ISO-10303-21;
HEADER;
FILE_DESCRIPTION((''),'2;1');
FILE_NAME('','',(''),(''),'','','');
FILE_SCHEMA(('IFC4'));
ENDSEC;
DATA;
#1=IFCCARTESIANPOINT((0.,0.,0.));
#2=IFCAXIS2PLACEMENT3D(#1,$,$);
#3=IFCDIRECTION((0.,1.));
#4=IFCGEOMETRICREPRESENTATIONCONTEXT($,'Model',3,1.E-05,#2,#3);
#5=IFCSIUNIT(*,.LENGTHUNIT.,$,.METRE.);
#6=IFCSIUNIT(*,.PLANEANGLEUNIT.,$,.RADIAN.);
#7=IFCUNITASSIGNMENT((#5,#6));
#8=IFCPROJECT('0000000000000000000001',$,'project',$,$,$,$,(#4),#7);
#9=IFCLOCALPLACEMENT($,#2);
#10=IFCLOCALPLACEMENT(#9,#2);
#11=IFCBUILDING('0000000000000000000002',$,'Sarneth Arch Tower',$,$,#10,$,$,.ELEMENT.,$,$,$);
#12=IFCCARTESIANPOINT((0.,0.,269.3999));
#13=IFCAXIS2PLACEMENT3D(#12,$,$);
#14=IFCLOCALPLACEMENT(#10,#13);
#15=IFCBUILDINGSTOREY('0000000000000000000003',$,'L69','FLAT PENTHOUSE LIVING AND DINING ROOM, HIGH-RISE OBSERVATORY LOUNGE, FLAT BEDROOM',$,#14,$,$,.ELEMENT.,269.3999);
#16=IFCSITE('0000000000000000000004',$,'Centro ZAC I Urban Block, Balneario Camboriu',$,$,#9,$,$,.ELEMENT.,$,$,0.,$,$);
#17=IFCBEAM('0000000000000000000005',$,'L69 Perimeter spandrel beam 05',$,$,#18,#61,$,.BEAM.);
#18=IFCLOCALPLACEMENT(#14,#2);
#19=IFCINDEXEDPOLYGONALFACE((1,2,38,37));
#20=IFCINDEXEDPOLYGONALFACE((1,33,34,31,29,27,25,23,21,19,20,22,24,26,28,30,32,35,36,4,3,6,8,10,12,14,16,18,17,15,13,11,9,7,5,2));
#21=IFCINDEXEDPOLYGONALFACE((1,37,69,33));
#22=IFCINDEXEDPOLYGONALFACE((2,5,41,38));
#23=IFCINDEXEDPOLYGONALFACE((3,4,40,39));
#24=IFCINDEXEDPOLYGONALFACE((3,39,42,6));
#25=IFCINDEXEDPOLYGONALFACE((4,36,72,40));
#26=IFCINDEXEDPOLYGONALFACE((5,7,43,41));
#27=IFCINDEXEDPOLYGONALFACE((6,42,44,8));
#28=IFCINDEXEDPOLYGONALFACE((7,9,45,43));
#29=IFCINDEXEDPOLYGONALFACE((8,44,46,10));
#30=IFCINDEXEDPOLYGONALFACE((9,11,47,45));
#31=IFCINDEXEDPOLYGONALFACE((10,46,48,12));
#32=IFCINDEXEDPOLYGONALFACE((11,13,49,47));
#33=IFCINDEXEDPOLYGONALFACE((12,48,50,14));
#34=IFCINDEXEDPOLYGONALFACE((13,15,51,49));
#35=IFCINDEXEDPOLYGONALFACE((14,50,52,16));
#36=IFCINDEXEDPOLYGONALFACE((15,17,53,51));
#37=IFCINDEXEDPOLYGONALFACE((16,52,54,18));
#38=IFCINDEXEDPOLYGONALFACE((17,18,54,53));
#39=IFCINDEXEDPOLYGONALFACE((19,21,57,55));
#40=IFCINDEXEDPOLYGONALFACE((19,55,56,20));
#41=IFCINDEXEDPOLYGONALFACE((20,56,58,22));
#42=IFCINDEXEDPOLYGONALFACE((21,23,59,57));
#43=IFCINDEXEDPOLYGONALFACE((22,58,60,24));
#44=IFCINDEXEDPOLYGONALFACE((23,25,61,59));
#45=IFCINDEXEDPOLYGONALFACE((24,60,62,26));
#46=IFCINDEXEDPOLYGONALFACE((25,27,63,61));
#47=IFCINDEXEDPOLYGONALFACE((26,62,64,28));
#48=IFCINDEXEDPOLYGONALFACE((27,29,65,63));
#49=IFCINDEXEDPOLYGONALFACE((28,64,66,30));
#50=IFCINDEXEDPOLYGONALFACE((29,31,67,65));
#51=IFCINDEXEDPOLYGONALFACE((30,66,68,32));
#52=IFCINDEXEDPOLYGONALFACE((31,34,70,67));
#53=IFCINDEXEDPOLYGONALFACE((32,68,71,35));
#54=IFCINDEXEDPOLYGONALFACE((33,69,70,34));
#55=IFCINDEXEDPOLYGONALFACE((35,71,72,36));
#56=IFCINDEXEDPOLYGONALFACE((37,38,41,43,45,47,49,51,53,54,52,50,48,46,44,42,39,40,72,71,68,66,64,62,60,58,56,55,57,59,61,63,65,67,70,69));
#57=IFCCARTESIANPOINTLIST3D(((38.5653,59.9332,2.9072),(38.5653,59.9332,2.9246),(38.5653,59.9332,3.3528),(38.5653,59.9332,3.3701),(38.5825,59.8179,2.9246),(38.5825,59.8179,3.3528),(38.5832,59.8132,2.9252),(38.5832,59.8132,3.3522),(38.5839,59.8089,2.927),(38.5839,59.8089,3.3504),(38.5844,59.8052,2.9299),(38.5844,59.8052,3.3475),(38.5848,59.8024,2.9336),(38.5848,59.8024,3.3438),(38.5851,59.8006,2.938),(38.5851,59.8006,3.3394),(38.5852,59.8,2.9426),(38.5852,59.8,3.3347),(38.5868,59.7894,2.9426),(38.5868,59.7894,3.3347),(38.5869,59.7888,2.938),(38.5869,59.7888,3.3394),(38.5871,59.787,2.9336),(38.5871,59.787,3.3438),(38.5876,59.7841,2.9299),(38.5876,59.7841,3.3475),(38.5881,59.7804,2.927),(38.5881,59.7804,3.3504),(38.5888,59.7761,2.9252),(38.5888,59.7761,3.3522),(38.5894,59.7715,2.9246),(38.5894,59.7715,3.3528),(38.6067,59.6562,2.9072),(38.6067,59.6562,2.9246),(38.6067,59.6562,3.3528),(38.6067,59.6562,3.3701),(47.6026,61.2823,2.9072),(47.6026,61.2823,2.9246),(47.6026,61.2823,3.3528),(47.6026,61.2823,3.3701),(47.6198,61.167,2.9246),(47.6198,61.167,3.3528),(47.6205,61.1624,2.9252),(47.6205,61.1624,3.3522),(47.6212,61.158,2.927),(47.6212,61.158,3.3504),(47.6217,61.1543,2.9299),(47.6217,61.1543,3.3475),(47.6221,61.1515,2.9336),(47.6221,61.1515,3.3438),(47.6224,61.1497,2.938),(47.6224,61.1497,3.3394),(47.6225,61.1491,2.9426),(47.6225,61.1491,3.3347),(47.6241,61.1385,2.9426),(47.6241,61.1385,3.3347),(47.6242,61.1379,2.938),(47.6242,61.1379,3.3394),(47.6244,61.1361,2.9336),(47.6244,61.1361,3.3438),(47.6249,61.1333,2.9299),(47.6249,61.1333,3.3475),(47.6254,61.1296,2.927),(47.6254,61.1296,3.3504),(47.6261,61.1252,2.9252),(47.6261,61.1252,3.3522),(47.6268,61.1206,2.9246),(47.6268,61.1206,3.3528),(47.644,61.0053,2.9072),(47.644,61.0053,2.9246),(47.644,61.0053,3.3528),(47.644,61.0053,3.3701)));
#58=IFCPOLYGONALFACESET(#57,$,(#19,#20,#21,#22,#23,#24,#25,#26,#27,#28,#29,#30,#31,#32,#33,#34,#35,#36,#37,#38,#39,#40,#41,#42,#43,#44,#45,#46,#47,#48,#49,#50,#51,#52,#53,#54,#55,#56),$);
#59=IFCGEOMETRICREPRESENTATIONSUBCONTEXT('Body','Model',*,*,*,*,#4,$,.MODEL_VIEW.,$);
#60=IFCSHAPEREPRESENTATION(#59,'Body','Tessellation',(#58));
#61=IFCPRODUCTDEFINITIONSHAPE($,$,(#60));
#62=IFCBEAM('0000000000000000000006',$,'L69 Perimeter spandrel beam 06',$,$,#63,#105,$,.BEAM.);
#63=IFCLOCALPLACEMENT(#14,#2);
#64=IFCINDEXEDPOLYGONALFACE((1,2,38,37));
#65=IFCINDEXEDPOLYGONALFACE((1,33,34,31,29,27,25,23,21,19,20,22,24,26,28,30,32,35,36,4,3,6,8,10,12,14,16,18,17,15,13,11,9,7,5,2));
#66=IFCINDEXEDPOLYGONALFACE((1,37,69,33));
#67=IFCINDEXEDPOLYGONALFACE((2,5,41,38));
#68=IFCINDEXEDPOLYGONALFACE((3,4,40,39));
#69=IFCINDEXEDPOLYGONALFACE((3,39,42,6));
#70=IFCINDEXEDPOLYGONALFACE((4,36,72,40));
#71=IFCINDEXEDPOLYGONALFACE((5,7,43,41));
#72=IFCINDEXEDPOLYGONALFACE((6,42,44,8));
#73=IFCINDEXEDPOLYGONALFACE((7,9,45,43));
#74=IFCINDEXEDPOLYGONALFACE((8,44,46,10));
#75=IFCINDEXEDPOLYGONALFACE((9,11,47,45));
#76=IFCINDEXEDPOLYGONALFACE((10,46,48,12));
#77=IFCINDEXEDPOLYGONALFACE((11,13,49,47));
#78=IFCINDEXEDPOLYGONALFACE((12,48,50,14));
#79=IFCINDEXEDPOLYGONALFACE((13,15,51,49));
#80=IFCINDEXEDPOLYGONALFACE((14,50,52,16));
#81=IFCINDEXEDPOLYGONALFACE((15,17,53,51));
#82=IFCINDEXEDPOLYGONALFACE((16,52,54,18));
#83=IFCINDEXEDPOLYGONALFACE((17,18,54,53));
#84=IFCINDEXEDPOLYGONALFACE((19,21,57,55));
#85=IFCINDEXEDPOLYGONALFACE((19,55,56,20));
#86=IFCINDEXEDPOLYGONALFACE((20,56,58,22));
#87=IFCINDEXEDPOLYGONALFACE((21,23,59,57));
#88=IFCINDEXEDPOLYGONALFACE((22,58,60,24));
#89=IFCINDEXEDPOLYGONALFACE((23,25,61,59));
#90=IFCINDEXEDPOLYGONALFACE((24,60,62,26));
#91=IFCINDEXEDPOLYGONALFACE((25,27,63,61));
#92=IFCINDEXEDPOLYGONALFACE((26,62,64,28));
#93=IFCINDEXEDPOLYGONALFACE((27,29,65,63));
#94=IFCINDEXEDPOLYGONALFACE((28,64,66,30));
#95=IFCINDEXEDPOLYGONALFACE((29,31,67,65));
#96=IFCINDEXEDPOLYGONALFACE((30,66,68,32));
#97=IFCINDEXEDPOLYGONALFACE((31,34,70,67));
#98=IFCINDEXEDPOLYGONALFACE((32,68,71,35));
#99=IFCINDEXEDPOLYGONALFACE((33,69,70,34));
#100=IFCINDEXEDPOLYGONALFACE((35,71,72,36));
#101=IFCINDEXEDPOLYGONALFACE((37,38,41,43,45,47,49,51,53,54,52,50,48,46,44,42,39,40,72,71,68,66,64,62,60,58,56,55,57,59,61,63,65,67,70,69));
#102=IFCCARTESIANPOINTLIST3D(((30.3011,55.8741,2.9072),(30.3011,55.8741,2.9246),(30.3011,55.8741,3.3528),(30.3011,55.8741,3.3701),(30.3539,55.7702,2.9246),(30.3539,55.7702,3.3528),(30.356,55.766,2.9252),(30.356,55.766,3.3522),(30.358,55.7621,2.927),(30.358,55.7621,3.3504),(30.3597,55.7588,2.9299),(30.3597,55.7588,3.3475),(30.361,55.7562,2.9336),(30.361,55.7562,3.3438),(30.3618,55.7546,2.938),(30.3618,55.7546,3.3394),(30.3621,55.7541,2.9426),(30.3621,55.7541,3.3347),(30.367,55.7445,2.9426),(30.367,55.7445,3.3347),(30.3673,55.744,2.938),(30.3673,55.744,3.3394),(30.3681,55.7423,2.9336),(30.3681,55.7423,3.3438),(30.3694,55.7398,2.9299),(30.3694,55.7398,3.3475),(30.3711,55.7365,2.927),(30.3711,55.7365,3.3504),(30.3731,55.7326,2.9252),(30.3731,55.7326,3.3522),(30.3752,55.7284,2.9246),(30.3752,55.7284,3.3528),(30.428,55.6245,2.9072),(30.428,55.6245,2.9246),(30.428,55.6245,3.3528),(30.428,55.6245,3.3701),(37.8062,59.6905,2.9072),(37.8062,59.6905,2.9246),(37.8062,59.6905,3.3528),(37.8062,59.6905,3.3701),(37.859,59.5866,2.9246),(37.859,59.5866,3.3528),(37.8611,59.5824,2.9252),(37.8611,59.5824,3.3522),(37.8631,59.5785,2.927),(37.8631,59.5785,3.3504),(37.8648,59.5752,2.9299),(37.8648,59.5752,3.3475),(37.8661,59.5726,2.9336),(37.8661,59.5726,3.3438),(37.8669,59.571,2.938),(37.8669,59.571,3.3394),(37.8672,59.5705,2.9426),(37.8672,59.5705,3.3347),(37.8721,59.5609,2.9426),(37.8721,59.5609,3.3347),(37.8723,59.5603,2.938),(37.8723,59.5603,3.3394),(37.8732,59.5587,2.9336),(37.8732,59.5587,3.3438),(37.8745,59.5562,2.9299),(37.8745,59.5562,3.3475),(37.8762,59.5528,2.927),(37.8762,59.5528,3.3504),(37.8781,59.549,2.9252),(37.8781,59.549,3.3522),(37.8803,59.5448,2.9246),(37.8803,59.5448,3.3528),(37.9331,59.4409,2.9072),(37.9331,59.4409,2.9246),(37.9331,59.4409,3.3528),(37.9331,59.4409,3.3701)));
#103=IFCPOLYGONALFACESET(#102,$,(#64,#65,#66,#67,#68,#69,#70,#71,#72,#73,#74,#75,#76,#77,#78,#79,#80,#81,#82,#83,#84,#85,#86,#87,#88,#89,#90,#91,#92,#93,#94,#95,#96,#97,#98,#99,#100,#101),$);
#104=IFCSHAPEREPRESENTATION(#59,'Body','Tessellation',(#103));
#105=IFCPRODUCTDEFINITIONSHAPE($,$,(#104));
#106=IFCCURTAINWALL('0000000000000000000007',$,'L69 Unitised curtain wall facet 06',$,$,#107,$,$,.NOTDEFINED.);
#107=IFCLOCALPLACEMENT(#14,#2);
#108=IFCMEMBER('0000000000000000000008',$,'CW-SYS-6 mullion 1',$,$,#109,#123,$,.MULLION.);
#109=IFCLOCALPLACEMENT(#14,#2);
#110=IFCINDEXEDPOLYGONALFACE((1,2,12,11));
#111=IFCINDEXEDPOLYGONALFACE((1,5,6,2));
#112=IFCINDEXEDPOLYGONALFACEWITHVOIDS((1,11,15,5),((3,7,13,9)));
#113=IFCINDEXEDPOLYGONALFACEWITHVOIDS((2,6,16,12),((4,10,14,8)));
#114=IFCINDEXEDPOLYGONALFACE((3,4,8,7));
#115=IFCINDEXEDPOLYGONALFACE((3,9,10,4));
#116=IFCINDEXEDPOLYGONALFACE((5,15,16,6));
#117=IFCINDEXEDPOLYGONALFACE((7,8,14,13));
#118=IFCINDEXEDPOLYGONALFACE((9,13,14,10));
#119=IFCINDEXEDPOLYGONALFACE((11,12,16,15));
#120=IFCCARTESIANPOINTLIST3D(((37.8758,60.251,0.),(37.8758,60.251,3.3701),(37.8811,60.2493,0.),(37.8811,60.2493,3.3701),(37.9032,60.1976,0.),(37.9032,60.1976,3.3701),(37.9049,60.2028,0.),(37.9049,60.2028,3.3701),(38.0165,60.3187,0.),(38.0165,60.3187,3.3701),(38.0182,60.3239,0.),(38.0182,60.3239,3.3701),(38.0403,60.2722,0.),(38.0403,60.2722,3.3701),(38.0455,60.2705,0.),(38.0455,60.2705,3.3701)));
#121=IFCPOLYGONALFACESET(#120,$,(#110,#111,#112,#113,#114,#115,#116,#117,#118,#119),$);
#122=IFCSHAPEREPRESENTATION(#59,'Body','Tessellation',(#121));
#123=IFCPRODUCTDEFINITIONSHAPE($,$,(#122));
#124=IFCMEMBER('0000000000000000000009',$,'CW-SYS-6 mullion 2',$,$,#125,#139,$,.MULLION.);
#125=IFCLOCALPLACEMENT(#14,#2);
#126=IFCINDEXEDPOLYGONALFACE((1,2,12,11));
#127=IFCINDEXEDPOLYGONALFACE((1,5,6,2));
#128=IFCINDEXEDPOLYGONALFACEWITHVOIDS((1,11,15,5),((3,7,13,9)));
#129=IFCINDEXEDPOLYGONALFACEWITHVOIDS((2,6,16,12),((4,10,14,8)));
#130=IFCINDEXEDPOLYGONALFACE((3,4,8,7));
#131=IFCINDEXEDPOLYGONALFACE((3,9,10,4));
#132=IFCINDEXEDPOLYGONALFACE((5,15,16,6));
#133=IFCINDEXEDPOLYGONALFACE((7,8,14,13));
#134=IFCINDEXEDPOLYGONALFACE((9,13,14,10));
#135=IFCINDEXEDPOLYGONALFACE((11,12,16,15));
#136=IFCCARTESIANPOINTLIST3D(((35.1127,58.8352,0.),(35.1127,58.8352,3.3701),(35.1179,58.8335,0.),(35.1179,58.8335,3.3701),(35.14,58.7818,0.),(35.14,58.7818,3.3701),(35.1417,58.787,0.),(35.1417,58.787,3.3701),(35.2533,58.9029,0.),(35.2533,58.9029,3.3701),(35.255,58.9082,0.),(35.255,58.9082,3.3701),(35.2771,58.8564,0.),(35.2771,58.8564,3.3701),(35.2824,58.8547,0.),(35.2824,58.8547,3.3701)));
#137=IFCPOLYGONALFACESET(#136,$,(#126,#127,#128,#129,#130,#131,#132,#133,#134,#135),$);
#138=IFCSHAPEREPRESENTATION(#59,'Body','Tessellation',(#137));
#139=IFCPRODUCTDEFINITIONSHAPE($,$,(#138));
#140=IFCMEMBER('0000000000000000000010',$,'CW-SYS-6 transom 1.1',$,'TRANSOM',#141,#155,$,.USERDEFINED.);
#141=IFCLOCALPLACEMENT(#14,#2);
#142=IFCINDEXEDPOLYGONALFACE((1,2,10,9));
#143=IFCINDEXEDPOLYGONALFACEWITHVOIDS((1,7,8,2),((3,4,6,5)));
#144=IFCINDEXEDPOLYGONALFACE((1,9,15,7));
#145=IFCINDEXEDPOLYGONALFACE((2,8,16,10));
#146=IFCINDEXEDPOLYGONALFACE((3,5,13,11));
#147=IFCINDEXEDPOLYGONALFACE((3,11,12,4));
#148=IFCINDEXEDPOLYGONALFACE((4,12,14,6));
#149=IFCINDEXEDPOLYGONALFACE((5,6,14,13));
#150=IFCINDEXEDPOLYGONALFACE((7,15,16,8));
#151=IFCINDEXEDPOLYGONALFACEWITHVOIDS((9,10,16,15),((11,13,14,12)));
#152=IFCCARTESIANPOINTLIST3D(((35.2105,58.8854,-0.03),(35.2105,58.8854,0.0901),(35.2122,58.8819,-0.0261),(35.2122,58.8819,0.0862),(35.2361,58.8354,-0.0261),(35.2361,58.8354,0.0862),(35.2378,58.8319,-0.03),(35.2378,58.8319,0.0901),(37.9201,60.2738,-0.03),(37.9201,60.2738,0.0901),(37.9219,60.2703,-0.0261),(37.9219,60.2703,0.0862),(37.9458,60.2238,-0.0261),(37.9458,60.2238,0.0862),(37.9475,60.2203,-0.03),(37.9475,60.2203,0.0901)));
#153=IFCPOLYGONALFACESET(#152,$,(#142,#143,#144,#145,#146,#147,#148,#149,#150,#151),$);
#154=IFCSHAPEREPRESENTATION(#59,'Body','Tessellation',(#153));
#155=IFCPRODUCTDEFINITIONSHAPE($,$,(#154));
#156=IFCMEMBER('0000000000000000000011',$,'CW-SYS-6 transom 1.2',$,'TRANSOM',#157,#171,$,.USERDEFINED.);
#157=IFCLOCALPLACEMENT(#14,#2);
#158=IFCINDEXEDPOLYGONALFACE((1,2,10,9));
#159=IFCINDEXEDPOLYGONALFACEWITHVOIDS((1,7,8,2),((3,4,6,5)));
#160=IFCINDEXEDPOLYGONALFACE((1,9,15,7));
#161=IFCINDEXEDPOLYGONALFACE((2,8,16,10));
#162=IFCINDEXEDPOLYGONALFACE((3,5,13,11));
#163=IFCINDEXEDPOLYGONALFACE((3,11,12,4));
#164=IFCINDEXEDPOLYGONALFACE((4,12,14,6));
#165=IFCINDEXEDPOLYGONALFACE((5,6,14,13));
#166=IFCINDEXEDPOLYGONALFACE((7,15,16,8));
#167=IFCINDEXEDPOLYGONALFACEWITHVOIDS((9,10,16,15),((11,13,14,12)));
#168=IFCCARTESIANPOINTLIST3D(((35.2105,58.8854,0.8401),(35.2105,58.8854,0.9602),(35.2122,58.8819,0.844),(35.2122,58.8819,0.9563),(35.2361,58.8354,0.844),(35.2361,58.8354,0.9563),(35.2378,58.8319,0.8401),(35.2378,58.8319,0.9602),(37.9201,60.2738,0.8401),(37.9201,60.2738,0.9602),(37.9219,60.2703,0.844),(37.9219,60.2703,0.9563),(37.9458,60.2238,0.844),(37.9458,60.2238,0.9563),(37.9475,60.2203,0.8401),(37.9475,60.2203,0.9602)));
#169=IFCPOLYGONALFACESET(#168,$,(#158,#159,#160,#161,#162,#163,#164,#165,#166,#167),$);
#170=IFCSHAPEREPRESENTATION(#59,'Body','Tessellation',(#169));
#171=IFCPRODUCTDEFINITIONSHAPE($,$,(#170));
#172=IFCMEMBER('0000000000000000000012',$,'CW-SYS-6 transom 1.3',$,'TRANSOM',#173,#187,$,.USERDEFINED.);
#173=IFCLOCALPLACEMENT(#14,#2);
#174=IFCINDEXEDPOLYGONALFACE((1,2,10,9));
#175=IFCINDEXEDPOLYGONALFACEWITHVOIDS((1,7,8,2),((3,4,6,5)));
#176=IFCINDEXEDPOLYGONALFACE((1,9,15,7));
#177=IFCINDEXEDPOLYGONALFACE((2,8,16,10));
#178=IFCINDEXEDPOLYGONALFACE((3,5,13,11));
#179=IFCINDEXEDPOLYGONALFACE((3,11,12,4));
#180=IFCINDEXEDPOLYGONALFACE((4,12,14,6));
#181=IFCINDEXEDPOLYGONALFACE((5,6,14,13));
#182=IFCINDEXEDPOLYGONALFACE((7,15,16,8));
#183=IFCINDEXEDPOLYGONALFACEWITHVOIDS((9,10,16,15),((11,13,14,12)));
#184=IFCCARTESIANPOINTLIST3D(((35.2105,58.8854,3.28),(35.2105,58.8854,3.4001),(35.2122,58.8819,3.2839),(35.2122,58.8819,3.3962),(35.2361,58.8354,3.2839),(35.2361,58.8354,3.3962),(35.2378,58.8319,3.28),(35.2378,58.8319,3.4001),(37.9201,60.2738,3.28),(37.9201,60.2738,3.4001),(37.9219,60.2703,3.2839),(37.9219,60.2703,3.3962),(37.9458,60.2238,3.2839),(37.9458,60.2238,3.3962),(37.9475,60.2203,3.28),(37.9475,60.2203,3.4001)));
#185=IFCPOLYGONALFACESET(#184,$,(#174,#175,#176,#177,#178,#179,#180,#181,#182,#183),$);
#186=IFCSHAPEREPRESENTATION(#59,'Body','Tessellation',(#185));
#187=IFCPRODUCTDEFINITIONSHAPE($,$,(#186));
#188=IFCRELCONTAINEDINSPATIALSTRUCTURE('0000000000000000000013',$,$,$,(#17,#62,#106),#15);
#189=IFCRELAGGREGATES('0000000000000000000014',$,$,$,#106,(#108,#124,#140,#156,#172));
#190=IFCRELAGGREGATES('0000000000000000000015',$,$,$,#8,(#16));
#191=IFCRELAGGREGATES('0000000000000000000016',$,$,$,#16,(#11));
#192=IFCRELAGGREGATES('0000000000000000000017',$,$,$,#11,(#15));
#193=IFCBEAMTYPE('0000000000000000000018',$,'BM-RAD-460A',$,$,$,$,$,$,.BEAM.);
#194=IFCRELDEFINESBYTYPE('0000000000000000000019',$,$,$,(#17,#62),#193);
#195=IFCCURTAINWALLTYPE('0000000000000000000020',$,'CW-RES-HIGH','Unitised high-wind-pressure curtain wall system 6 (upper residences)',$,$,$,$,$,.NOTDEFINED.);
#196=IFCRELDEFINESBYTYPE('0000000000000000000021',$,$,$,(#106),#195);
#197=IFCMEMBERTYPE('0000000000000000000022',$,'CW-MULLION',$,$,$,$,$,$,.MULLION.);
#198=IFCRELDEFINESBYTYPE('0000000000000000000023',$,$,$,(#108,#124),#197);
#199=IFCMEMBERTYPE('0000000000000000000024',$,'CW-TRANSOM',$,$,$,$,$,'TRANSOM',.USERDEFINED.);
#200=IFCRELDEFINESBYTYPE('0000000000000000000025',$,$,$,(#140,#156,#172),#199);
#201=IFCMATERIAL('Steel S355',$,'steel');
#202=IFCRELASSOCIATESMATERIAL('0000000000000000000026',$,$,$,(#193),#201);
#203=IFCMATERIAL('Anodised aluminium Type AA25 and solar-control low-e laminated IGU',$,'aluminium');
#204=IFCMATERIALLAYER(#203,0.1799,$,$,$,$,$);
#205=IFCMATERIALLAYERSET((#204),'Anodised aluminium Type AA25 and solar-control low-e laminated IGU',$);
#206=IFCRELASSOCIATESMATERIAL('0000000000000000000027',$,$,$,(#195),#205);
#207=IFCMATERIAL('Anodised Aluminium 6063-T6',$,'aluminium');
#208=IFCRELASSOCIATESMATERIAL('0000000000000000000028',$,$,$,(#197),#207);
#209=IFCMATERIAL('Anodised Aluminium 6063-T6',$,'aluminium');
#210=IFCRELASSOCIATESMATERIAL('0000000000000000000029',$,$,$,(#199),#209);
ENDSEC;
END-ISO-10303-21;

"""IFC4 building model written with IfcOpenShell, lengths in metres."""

from ifc_helpers import new_model, si_unit, direction, frame, origin, origin_2d, place, context, subcontext, project, spatial, hollow_rectangle, i_section, extrude, material, layer, layer_set, material_profile, profile_set, type_object, element, aggregate, save


model = new_model("IFC4")

# Units and contexts
model_context = context("Model", 3, precision=1e-05, world=origin(), true_north=direction((0.0, 1.0)))
body_context = subcontext(model_context, "Body", "Model", "MODEL_VIEW")
ifc_project = project(units=[si_unit("LENGTHUNIT", "METRE"), si_unit("PLANEANGLEUNIT", "RADIAN")], contexts=[model_context])

# Site, building, storey
site_placement = place(None, origin())
site = spatial("IfcSite", under=ifc_project, at=site_placement, Name="Centro ZAC I Urban Block, Balneario Camboriu", CompositionType="ELEMENT", RefElevation=0.0)
building_placement = place(site_placement, origin())
building = spatial("IfcBuilding", under=site, at=building_placement, Name="Sarneth Arch Tower", CompositionType="ELEMENT")
storey_placement = place(building_placement, frame((0.0, 0.0, 269.3999)))
storey = spatial("IfcBuildingStorey", under=building, at=storey_placement, Name="L69", Description="FLAT PENTHOUSE LIVING AND DINING ROOM, HIGH-RISE OBSERVATORY LOUNGE, FLAT BEDROOM", CompositionType="ELEMENT", Elevation=269.3999)

# Beams
ifc_material_1 = material(Name="Steel S355", Category="steel")
ifc_material_profile_1 = material_profile(ifc_material_1, i_section(OverallWidth=0.28, OverallDepth=0.4629, WebThickness=0.0107, FlangeThickness=0.0173, FilletRadius=0.0181, at=origin_2d()), Name="W460x113")
ifc_profile_set_1 = profile_set([ifc_material_profile_1], Name="Steel S355")
beam_type_1 = type_object("IfcBeamType", Name="BM-RAD-460A", PredefinedType="BEAM", material=ifc_profile_set_1)
beam_1_placement = place(storey_placement, frame((47.6233, 61.1438, 3.1387), z_axis=(-0.98904, -0.147647, 0.0), x_axis=(0.147647, -0.98904, 0.0)))
element("IfcBeam", 1, at=beam_1_placement, inside=storey, type_object=beam_type_1, Name="L69 Perimeter spandrel beam 05", PredefinedType="BEAM", context=body_context, shape_type="SweptSolid", body=[
    extrude(i_section(OverallWidth=0.28, OverallDepth=0.4629, WebThickness=0.0107, FlangeThickness=0.0173, FilletRadius=0.0181, at=origin_2d()), origin(), (0.0, 0.0, 1.0), 9.1375),
])
beam_2_placement = place(storey_placement, frame((37.8696, 59.5657, 3.1387), z_axis=(-0.891374, -0.453269, 0.0), x_axis=(0.453269, -0.891374, 0.0)))
element("IfcBeam", 2, at=beam_2_placement, inside=storey, type_object=beam_type_1, Name="L69 Perimeter spandrel beam 06", PredefinedType="BEAM", context=body_context, shape_type="SweptSolid", body=[
    extrude(i_section(OverallWidth=0.28, OverallDepth=0.4629, WebThickness=0.0107, FlangeThickness=0.0173, FilletRadius=0.0181, at=origin_2d()), origin(), (0.0, 0.0, 1.0), 8.4197),
])

# Curtain wall, members
ifc_material_2 = material(Name="Anodised aluminium Type AA25 and solar-control low-e laminated IGU", Category="aluminium")
ifc_layer_1 = layer(ifc_material_2, 0.1799)
ifc_layer_set_1 = layer_set([ifc_layer_1], Name="Anodised aluminium Type AA25 and solar-control low-e laminated IGU")
curtain_wall_type = type_object("IfcCurtainWallType", Name="CW-RES-HIGH", Description="Unitised high-wind-pressure curtain wall system 6 (upper residences)", PredefinedType="NOTDEFINED", material=ifc_layer_set_1)
curtain_wall_placement = place(storey_placement, origin())
curtain_wall = element("IfcCurtainWall", 3, at=curtain_wall_placement, inside=storey, type_object=curtain_wall_type, Name="L69 Unitised curtain wall facet 06", PredefinedType="NOTDEFINED")
ifc_material_3 = material(Name="Anodised Aluminium 6063-T6", Category="aluminium")
ifc_material_profile_2 = material_profile(ifc_material_3, hollow_rectangle(XDim=0.0601, YDim=0.1599, WallThickness=0.0039, at=origin_2d()), Name="AL-MULL-160x60x4")
ifc_profile_set_2 = profile_set([ifc_material_profile_2], Name="Anodised Aluminium 6063-T6")
member_type_1 = type_object("IfcMemberType", Name="CW-MULLION", PredefinedType="MULLION", material=ifc_profile_set_2)
member_1_placement = place(storey_placement, frame((37.9607, 60.2607, 0.0), z_axis=(0.0, 0.0, 1.0), x_axis=(0.455942, -0.89001, 0.0)))
member_1 = element("IfcMember", 4, at=member_1_placement, type_object=member_type_1, Name="CW-SYS-6 mullion 1", PredefinedType="MULLION", context=body_context, shape_type="SweptSolid", body=[
    extrude(hollow_rectangle(XDim=0.0601, YDim=0.1599, WallThickness=0.0039, at=origin_2d()), origin(), (0.0, 0.0, 1.0), 3.3701),
])
member_2_placement = place(storey_placement, frame((35.1975, 58.845, 0.0), z_axis=(0.0, 0.0, 1.0), x_axis=(0.455942, -0.89001, 0.0)))
member_2 = element("IfcMember", 5, at=member_2_placement, type_object=member_type_1, Name="CW-SYS-6 mullion 2", PredefinedType="MULLION", context=body_context, shape_type="SweptSolid", body=[
    extrude(hollow_rectangle(XDim=0.0601, YDim=0.1599, WallThickness=0.0039, at=origin_2d()), origin(), (0.0, 0.0, 1.0), 3.3701),
])
ifc_material_4 = material(Name="Anodised Aluminium 6063-T6", Category="aluminium")
ifc_material_profile_3 = material_profile(ifc_material_4, hollow_rectangle(XDim=0.0601, YDim=0.1201, WallThickness=0.0039, at=origin_2d()), Name="AL-TRAN-120x60x4")
ifc_profile_set_3 = profile_set([ifc_material_profile_3], Name="Anodised Aluminium 6063-T6")
member_type_2 = type_object("IfcMemberType", Name="CW-TRANSOM", ElementType="TRANSOM", PredefinedType="USERDEFINED", material=ifc_profile_set_3)
member_3_placement = place(storey_placement, frame((37.9338, 60.2471, 0.03), z_axis=(-0.889974, -0.456012, 0.0), x_axis=(0.456012, -0.889974, 0.0)))
member_3 = element("IfcMember", 6, at=member_3_placement, type_object=member_type_2, Name="CW-SYS-6 transom 1.1", ObjectType="TRANSOM", PredefinedType="USERDEFINED", context=body_context, shape_type="SweptSolid", body=[
    extrude(hollow_rectangle(XDim=0.0601, YDim=0.1201, WallThickness=0.0039, at=origin_2d()), origin(), (0.0, 0.0, 1.0), 3.0447),
])
member_4_placement = place(storey_placement, frame((37.9338, 60.2471, 0.9001), z_axis=(-0.889974, -0.456012, 0.0), x_axis=(0.456012, -0.889974, 0.0)))
member_4 = element("IfcMember", 7, at=member_4_placement, type_object=member_type_2, Name="CW-SYS-6 transom 1.2", ObjectType="TRANSOM", PredefinedType="USERDEFINED", context=body_context, shape_type="SweptSolid", body=[
    extrude(hollow_rectangle(XDim=0.0601, YDim=0.1201, WallThickness=0.0039, at=origin_2d()), origin(), (0.0, 0.0, 1.0), 3.0447),
])
member_5_placement = place(storey_placement, frame((37.9338, 60.2471, 3.3401), z_axis=(-0.889974, -0.456012, 0.0), x_axis=(0.456012, -0.889974, 0.0)))
member_5 = element("IfcMember", 8, at=member_5_placement, type_object=member_type_2, Name="CW-SYS-6 transom 1.3", ObjectType="TRANSOM", PredefinedType="USERDEFINED", context=body_context, shape_type="SweptSolid", body=[
    extrude(hollow_rectangle(XDim=0.0601, YDim=0.1201, WallThickness=0.0039, at=origin_2d()), origin(), (0.0, 0.0, 1.0), 3.0447),
])

aggregate(curtain_wall, [member_1, member_2, member_3, member_4, member_5])

save(model, "model.ifc")
